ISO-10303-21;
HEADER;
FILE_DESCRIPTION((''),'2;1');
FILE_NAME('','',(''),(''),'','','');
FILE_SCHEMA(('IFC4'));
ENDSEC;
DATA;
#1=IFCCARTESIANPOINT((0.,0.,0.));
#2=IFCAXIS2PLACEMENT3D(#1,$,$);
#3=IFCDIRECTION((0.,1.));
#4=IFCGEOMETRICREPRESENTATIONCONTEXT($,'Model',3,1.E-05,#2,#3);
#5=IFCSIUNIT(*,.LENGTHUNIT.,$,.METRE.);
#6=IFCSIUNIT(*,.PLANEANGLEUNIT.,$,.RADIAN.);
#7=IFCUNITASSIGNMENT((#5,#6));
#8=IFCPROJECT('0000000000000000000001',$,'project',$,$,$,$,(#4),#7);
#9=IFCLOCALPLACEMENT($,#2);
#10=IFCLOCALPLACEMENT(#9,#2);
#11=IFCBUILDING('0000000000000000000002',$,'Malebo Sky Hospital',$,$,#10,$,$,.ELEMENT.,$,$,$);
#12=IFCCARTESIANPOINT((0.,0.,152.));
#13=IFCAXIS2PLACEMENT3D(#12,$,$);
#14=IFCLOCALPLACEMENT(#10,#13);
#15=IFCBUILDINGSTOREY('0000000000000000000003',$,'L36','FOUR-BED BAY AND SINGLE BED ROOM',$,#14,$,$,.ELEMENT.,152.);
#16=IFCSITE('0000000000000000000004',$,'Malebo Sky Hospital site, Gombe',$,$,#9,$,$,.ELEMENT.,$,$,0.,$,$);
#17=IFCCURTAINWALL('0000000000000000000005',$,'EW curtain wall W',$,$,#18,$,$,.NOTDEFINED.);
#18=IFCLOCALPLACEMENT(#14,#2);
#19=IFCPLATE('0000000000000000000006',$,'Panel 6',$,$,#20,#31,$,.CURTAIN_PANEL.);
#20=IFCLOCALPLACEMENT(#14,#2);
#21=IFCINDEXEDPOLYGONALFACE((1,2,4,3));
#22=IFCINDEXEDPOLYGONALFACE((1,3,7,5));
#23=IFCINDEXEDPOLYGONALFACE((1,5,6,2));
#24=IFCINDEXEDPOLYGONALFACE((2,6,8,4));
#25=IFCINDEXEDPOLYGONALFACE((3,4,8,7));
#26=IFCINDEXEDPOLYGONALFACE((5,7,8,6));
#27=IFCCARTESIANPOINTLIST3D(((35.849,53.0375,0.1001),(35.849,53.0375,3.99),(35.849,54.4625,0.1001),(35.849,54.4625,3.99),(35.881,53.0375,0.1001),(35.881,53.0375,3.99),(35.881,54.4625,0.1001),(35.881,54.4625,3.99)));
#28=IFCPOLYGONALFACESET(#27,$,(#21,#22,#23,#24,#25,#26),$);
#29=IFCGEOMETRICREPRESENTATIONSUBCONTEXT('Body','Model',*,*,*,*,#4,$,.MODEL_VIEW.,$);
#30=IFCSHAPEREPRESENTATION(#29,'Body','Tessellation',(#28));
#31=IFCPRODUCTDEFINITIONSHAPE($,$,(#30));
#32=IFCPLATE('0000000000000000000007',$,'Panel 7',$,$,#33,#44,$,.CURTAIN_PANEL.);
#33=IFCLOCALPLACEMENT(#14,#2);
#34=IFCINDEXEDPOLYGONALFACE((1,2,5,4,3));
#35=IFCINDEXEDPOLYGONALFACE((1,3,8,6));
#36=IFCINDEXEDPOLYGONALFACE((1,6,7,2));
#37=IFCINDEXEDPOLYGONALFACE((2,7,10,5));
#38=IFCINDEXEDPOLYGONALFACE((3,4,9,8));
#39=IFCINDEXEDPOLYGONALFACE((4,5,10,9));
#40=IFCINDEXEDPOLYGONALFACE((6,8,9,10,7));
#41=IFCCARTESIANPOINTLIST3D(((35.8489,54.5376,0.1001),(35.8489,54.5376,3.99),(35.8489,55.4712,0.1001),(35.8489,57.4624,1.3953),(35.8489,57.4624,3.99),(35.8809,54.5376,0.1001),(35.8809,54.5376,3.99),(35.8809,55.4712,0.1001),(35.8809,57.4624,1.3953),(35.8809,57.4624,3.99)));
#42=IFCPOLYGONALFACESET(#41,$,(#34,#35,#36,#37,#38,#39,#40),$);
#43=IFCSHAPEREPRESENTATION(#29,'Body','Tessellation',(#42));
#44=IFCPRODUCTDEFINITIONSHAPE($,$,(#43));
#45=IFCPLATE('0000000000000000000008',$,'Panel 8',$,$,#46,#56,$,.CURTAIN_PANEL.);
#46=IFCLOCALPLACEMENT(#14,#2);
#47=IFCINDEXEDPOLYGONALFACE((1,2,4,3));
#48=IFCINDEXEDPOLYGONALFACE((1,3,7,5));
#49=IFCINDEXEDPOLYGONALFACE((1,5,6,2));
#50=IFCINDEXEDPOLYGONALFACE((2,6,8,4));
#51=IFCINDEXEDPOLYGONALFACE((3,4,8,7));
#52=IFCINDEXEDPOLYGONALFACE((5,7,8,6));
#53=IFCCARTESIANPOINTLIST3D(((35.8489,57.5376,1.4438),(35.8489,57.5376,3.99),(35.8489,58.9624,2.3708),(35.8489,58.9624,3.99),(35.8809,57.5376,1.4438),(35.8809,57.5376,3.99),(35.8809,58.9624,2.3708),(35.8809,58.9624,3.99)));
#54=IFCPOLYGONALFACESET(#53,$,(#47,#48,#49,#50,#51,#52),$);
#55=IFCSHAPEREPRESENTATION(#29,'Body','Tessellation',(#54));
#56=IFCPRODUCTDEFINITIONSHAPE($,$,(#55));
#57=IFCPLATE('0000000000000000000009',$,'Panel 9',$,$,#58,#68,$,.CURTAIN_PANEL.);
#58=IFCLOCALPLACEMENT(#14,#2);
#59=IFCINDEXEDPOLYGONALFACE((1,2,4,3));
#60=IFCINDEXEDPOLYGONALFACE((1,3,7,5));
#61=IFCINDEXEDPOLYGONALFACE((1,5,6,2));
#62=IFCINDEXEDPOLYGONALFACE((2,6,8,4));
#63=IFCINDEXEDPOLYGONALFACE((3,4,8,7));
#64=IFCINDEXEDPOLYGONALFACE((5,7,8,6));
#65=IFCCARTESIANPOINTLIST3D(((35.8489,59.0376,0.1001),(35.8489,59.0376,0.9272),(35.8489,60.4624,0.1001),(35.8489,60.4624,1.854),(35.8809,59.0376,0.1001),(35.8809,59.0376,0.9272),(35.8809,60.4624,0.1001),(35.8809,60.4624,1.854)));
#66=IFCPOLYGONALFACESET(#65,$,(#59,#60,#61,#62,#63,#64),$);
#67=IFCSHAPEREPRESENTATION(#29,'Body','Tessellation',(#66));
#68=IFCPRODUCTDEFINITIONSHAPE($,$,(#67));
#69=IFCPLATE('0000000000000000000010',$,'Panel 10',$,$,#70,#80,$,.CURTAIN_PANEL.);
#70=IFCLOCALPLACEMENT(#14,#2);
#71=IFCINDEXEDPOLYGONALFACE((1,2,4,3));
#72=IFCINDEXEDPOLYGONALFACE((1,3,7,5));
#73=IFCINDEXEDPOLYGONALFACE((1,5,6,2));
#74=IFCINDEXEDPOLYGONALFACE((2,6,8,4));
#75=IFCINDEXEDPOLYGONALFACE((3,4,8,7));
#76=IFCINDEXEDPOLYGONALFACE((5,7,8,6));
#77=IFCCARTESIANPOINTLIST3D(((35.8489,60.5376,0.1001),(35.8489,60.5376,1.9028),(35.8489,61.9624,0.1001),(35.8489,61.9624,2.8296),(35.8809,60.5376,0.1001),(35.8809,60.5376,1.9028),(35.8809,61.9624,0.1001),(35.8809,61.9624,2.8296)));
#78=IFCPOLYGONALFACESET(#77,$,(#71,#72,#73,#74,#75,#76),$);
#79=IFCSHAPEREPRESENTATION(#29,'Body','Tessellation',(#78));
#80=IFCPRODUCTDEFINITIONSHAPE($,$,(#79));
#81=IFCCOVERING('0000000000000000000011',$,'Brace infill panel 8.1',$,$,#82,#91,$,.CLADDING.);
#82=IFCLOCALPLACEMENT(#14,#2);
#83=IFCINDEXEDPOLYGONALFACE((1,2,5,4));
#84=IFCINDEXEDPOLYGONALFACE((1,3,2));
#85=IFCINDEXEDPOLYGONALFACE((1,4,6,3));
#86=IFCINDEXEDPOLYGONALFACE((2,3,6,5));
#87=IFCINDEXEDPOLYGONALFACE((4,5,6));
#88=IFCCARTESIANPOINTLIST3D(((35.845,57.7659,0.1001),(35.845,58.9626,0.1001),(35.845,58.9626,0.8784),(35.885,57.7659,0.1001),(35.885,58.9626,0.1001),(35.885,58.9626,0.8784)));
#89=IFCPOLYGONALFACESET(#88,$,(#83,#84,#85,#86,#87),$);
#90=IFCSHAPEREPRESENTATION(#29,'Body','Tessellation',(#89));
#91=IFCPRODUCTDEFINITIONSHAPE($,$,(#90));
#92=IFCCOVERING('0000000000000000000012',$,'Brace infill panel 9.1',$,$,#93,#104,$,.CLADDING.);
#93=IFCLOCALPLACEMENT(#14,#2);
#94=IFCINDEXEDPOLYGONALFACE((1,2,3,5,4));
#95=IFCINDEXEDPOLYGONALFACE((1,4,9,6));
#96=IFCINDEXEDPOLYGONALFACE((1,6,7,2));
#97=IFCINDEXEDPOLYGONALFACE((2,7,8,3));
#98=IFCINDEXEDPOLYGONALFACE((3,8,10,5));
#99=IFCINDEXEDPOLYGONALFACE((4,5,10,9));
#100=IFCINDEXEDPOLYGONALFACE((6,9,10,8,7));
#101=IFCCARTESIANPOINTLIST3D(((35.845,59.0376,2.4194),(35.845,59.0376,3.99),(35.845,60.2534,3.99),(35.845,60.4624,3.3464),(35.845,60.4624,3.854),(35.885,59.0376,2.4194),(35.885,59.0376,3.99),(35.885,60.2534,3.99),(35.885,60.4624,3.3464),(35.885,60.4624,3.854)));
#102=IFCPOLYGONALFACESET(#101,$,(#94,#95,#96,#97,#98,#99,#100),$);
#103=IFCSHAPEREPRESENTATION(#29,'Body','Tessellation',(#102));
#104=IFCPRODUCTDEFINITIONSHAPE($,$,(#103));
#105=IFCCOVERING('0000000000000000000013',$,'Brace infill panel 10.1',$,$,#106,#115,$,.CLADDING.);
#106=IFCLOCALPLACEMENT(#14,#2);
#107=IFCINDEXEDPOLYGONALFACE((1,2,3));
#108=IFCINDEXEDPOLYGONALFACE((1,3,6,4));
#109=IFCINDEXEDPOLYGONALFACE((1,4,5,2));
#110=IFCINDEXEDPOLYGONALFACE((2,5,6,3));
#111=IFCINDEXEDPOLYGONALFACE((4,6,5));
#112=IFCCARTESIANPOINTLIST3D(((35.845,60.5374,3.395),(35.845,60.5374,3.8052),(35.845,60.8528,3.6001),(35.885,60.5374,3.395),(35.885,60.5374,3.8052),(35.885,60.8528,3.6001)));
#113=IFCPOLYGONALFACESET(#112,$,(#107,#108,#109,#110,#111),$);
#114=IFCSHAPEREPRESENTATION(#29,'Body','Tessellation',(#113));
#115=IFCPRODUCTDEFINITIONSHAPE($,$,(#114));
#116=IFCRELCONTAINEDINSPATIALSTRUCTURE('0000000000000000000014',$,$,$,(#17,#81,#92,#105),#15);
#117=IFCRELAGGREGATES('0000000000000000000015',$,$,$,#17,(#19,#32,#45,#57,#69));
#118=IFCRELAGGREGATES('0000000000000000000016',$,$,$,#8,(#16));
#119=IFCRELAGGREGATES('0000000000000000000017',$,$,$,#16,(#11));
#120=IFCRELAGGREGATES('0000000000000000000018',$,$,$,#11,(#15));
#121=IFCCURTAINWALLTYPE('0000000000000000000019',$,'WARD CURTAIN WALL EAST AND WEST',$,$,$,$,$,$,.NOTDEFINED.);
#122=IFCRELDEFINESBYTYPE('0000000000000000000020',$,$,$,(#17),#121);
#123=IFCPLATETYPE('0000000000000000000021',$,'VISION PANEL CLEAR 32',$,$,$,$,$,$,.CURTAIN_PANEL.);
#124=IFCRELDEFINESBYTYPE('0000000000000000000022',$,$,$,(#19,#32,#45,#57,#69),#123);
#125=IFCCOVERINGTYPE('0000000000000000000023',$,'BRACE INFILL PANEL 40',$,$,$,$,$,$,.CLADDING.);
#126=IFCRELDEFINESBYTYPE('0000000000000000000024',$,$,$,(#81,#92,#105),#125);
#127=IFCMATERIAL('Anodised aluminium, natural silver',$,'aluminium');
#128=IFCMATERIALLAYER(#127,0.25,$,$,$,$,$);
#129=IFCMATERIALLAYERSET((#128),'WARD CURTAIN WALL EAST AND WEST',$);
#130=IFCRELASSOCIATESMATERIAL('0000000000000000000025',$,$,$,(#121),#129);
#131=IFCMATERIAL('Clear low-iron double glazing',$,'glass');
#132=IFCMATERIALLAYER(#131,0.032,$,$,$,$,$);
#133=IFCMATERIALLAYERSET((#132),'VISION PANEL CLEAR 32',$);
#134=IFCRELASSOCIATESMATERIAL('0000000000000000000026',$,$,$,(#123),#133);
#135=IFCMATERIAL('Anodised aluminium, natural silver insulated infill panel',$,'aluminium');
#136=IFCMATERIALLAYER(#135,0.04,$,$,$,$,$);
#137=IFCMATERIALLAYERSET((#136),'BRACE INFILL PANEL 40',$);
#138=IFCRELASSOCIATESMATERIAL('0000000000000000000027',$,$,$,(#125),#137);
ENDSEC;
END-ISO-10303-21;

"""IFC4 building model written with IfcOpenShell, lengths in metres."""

from ifc_helpers import new_model, si_unit, direction, frame, origin, origin_2d, place, context, subcontext, project, spatial, polyline, rectangle, outline, extrude, material, layer, layer_set, type_object, element, aggregate, save


model = new_model("IFC4")

# Units and contexts
model_context = context("Model", 3, precision=1e-05, world=origin(), true_north=direction((0.0, 1.0)))
body_context = subcontext(model_context, "Body", "Model", "MODEL_VIEW")
ifc_project = project(units=[si_unit("LENGTHUNIT", "METRE"), si_unit("PLANEANGLEUNIT", "RADIAN")], contexts=[model_context])

# Site, building, storey
site_placement = place(None, origin())
site = spatial("IfcSite", under=ifc_project, at=site_placement, Name="Malebo Sky Hospital site, Gombe", CompositionType="ELEMENT", RefElevation=0.0)
building_placement = place(site_placement, origin())
building = spatial("IfcBuilding", under=site, at=building_placement, Name="Malebo Sky Hospital", CompositionType="ELEMENT")
storey_placement = place(building_placement, frame((0.0, 0.0, 152.0)))
storey = spatial("IfcBuildingStorey", under=building, at=storey_placement, Name="L36", Description="FOUR-BED BAY AND SINGLE BED ROOM", CompositionType="ELEMENT", Elevation=152.0)

# Curtain wall
ifc_material_1 = material(Name="Anodised aluminium, natural silver", Category="aluminium")
ifc_layer_1 = layer(ifc_material_1, 0.25)
ifc_layer_set_1 = layer_set([ifc_layer_1], Name="WARD CURTAIN WALL EAST AND WEST")
curtain_wall_type = type_object("IfcCurtainWallType", Name="WARD CURTAIN WALL EAST AND WEST", PredefinedType="NOTDEFINED", material=ifc_layer_set_1)
curtain_wall_placement = place(storey_placement, origin())
curtain_wall = element("IfcCurtainWall", 1, at=curtain_wall_placement, inside=storey, type_object=curtain_wall_type, Name="EW curtain wall W", PredefinedType="NOTDEFINED")

# Plates
ifc_material_2 = material(Name="Clear low-iron double glazing", Category="glass")
ifc_layer_2 = layer(ifc_material_2, 0.032)
ifc_layer_set_2 = layer_set([ifc_layer_2], Name="VISION PANEL CLEAR 32")
plate_type = type_object("IfcPlateType", Name="VISION PANEL CLEAR 32", PredefinedType="CURTAIN_PANEL", material=ifc_layer_set_2)
plate_1_placement = place(storey_placement, frame((35.865, 53.75, 0.1001), z_axis=(0.0, 0.0, 1.0), x_axis=(0.0, 1.0, 0.0)))
plate_1 = element("IfcPlate", 2, at=plate_1_placement, type_object=plate_type, Name="Panel 6", PredefinedType="CURTAIN_PANEL", context=body_context, shape_type="SweptSolid", body=[
    extrude(rectangle(XDim=1.425, YDim=0.032, at=origin_2d()), origin(), (0.0, 0.0, 1.0), 3.8899),
])
plate_2_placement = place(storey_placement, frame((35.865, 56.0, 0.1001), z_axis=(0.0, 0.0, 1.0), x_axis=(0.0, 1.0, 0.0)))
plate_2 = element("IfcPlate", 3, at=plate_2_placement, type_object=plate_type, Name="Panel 7", PredefinedType="CURTAIN_PANEL", context=body_context, shape_type="SweptSolid", body=[
    extrude(outline(polyline([(-1.4624, 0.0), (-0.5288, 0.0), (1.4624, 1.2952), (1.4624, 3.8899), (-1.4624, 3.8899), (-1.4624, 0.0)])), frame((0.0, 0.0161, 0.0), z_axis=(0.0, -1.0, 0.0), x_axis=(1.0, 0.0, 0.0)), (0.0, 0.0, 1.0), 0.032),
])
plate_3_placement = place(storey_placement, frame((35.865, 58.25, 1.4438), z_axis=(0.0, 0.0, 1.0), x_axis=(0.0, 1.0, 0.0)))
plate_3 = element("IfcPlate", 4, at=plate_3_placement, type_object=plate_type, Name="Panel 8", PredefinedType="CURTAIN_PANEL", context=body_context, shape_type="SweptSolid", body=[
    extrude(outline(polyline([(-0.7124, 0.0), (0.7124, 0.927), (0.7124, 2.5461), (-0.7124, 2.5461), (-0.7124, 0.0)])), frame((0.0, 0.0161, 0.0), z_axis=(0.0, -1.0, 0.0), x_axis=(1.0, 0.0, 0.0)), (0.0, 0.0, 1.0), 0.032),
])
plate_4_placement = place(storey_placement, frame((35.865, 59.75, 0.1001), z_axis=(0.0, 0.0, 1.0), x_axis=(0.0, 1.0, 0.0)))
plate_4 = element("IfcPlate", 5, at=plate_4_placement, type_object=plate_type, Name="Panel 9", PredefinedType="CURTAIN_PANEL", context=body_context, shape_type="SweptSolid", body=[
    extrude(outline(polyline([(-0.7124, 0.0), (0.7124, 0.0), (0.7124, 1.7539), (-0.7124, 0.8271), (-0.7124, 0.0)])), frame((0.0, 0.0161, 0.0), z_axis=(0.0, -1.0, 0.0), x_axis=(1.0, 0.0, 0.0)), (0.0, 0.0, 1.0), 0.032),
])
plate_5_placement = place(storey_placement, frame((35.865, 61.25, 0.1001), z_axis=(0.0, 0.0, 1.0), x_axis=(0.0, 1.0, 0.0)))
plate_5 = element("IfcPlate", 6, at=plate_5_placement, type_object=plate_type, Name="Panel 10", PredefinedType="CURTAIN_PANEL", context=body_context, shape_type="SweptSolid", body=[
    extrude(outline(polyline([(-0.7124, 0.0), (0.7124, 0.0), (0.7124, 2.7295), (-0.7124, 1.8027), (-0.7124, 0.0)])), frame((0.0, 0.0161, 0.0), z_axis=(0.0, -1.0, 0.0), x_axis=(1.0, 0.0, 0.0)), (0.0, 0.0, 1.0), 0.032),
])
aggregate(curtain_wall, [plate_1, plate_2, plate_3, plate_4, plate_5])

# Coverings
ifc_material_3 = material(Name="Anodised aluminium, natural silver insulated infill panel", Category="aluminium")
ifc_layer_3 = layer(ifc_material_3, 0.04)
ifc_layer_set_3 = layer_set([ifc_layer_3], Name="BRACE INFILL PANEL 40")
covering_type = type_object("IfcCoveringType", Name="BRACE INFILL PANEL 40", PredefinedType="CLADDING", material=ifc_layer_set_3)
covering_1_placement = place(storey_placement, frame((35.865, 58.3643, 0.1001), z_axis=(0.0, 0.0, 1.0), x_axis=(0.0, 1.0, 0.0)))
element("IfcCovering", 7, at=covering_1_placement, inside=storey, type_object=covering_type, Name="Brace infill panel 8.1", PredefinedType="CLADDING", context=body_context, shape_type="SweptSolid", body=[
    extrude(outline(polyline([(-0.5984, 0.0), (0.5984, 0.0), (0.5984, 0.7783), (-0.5984, 0.0)])), frame((0.0, 0.02, 0.0), z_axis=(0.0, -1.0, 0.0), x_axis=(1.0, 0.0, 0.0)), (0.0, 0.0, 1.0), 0.04),
])
covering_2_placement = place(storey_placement, frame((35.865, 59.75, 2.4194), z_axis=(0.0, 0.0, 1.0), x_axis=(0.0, 1.0, 0.0)))
element("IfcCovering", 8, at=covering_2_placement, inside=storey, type_object=covering_type, Name="Brace infill panel 9.1", PredefinedType="CLADDING", context=body_context, shape_type="SweptSolid", body=[
    extrude(outline(polyline([(-0.7124, 0.0), (0.7124, 0.927), (0.7124, 1.4346), (0.5034, 1.5706), (-0.7124, 1.5706), (-0.7124, 0.0)])), frame((0.0, 0.02, 0.0), z_axis=(0.0, -1.0, 0.0), x_axis=(1.0, 0.0, 0.0)), (0.0, 0.0, 1.0), 0.04),
])
covering_3_placement = place(storey_placement, frame((35.865, 60.6951, 3.395), z_axis=(0.0, 0.0, 1.0), x_axis=(0.0, 1.0, 0.0)))
element("IfcCovering", 9, at=covering_3_placement, inside=storey, type_object=covering_type, Name="Brace infill panel 10.1", PredefinedType="CLADDING", context=body_context, shape_type="SweptSolid", body=[
    extrude(outline(polyline([(-0.1577, 0.0), (0.1577, 0.2051), (-0.1577, 0.4102), (-0.1577, 0.0)])), frame((0.0, 0.02, 0.0), z_axis=(0.0, -1.0, 0.0), x_axis=(1.0, 0.0, 0.0)), (0.0, 0.0, 1.0), 0.04),
])

save(model, "model.ifc")
